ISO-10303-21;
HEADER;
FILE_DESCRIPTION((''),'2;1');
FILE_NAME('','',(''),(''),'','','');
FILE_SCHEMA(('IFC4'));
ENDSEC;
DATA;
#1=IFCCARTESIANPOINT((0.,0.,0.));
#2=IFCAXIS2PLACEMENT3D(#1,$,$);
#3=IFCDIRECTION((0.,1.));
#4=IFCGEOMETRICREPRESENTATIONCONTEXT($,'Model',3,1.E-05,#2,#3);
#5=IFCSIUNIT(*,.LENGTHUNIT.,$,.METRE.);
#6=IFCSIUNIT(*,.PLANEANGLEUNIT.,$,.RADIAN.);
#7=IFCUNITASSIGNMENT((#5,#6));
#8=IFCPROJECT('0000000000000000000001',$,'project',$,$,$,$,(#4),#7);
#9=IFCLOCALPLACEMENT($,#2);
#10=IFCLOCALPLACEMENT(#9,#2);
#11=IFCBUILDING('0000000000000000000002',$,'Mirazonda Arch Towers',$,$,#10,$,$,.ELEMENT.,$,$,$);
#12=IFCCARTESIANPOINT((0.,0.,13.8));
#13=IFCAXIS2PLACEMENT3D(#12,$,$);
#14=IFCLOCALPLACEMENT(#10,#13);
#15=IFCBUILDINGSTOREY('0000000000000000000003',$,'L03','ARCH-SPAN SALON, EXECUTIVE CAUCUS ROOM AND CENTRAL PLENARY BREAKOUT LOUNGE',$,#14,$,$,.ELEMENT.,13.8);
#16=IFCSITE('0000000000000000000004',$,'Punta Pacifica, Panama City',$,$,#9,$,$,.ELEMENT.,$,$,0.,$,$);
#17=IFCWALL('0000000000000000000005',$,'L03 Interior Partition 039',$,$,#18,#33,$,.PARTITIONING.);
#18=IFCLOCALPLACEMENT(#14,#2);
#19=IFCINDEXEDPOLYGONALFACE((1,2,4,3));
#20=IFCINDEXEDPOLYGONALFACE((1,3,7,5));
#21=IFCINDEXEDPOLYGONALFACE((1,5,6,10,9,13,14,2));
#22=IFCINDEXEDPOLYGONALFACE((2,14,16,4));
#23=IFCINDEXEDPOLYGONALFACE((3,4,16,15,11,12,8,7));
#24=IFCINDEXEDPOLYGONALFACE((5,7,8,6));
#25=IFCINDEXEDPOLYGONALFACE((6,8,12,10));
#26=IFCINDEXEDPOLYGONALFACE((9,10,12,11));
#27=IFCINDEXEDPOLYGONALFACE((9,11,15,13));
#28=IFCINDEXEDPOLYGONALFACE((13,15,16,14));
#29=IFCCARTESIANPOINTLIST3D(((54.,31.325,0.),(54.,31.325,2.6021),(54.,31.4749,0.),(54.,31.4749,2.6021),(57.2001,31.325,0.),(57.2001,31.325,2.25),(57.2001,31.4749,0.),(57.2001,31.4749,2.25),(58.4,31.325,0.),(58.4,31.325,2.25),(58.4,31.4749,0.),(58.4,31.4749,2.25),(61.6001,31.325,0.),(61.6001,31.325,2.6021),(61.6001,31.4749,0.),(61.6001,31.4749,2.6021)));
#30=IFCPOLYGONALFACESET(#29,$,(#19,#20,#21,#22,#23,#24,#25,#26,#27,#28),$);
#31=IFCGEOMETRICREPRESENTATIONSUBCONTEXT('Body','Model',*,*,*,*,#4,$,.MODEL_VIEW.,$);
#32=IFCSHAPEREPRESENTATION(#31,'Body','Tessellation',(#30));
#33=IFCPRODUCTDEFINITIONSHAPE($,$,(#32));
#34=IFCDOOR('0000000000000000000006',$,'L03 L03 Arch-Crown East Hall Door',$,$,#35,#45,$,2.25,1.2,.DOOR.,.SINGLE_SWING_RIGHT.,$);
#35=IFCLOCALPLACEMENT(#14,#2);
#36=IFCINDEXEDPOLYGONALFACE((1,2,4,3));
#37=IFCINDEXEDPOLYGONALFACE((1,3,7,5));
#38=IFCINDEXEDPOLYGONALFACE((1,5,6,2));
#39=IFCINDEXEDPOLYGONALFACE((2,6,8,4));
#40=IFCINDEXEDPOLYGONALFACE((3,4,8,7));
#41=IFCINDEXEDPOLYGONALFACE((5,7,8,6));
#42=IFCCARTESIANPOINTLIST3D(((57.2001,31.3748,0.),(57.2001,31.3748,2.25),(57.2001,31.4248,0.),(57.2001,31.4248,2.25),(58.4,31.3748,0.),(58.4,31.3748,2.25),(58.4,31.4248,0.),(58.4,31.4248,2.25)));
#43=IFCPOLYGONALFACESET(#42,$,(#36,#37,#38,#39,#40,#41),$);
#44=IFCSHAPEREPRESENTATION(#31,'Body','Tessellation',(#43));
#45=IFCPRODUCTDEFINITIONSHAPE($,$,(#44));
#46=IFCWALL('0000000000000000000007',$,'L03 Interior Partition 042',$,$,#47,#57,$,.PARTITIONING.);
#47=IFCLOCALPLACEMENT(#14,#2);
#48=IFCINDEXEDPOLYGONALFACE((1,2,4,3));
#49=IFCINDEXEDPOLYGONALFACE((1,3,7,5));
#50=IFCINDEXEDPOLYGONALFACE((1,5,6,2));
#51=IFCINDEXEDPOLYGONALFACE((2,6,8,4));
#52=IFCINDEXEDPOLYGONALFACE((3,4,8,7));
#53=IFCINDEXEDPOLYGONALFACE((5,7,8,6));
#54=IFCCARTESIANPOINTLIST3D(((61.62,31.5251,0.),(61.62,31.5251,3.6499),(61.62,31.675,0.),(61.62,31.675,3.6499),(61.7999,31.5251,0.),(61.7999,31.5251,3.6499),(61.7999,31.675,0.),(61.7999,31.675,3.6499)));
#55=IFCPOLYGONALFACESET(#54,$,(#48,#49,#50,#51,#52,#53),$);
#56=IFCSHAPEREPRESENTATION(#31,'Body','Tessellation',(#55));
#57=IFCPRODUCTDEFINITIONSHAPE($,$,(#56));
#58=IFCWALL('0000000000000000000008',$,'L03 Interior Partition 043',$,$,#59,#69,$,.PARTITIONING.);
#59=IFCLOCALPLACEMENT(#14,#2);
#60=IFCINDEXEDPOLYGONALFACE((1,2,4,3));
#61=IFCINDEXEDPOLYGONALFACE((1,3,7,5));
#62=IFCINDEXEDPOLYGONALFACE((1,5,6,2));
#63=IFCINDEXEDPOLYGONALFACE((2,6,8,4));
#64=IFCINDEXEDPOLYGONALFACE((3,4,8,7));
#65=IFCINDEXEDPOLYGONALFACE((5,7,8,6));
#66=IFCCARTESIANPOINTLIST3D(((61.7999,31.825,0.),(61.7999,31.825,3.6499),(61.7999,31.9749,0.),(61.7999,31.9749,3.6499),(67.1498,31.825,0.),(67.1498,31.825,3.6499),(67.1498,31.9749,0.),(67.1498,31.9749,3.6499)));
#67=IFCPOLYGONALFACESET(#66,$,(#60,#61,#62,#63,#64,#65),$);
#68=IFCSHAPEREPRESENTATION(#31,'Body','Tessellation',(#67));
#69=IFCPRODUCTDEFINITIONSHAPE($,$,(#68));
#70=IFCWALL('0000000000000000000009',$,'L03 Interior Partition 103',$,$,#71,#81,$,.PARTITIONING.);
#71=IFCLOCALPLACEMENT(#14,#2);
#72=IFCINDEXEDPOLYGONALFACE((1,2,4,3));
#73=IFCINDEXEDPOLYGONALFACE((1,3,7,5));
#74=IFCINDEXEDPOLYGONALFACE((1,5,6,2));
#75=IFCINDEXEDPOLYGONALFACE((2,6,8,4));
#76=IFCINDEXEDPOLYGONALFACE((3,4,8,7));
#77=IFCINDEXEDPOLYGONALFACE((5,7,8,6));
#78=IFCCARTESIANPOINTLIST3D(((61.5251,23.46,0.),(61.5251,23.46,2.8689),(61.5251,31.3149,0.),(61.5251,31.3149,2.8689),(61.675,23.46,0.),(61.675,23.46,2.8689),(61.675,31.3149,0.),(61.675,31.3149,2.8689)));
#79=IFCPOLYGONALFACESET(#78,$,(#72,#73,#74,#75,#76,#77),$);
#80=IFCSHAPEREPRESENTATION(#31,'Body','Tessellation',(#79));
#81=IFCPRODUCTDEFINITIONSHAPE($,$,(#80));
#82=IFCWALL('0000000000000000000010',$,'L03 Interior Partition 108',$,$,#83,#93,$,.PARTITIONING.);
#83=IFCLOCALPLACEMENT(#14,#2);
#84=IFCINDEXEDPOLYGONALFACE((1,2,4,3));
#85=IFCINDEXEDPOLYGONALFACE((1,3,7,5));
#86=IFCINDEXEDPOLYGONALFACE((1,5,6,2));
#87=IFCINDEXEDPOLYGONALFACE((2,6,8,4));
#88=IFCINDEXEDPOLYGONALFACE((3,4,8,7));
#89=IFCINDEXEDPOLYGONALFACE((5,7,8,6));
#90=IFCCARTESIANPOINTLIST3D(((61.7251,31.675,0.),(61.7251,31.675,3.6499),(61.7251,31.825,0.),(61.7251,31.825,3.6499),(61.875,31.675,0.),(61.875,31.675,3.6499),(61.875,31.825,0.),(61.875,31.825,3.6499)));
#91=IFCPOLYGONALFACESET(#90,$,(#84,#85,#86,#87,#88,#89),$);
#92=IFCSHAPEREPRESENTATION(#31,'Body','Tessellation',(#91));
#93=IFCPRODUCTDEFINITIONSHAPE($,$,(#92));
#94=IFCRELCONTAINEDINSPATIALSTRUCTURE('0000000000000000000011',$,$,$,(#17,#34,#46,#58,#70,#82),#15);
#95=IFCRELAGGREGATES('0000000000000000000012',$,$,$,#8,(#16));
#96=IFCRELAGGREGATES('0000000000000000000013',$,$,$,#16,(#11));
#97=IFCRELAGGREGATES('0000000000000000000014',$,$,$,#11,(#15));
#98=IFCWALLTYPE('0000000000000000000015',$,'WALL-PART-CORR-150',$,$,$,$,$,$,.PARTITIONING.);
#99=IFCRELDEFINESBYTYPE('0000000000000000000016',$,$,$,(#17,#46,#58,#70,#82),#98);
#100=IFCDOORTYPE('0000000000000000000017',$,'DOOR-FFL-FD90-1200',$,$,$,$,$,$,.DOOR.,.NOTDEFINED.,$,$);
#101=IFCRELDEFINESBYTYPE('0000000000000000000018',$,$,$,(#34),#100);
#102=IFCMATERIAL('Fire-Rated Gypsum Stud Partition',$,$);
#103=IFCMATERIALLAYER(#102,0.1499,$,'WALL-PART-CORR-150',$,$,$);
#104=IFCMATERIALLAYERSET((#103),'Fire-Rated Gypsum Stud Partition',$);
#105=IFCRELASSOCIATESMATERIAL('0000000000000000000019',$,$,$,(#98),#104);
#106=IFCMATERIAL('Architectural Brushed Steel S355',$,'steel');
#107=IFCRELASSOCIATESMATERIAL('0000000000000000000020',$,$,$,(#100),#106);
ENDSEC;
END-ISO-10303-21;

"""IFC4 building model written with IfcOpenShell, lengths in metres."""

from ifc_helpers import new_model, si_unit, direction, frame, frame_2d, origin, place, context, subcontext, project, spatial, rectangle, extrude, material, layer, layer_set, type_object, element, fill, save


model = new_model("IFC4")

# Units and contexts
model_context = context("Model", 3, precision=1e-05, world=origin(), true_north=direction((0.0, 1.0)))
body_context = subcontext(model_context, "Body", "Model", "MODEL_VIEW")
ifc_project = project(units=[si_unit("LENGTHUNIT", "METRE"), si_unit("PLANEANGLEUNIT", "RADIAN")], contexts=[model_context])

# Site, building, storey
site_placement = place(None, origin())
site = spatial("IfcSite", under=ifc_project, at=site_placement, Name="Punta Pacifica, Panama City", CompositionType="ELEMENT", RefElevation=0.0)
building_placement = place(site_placement, origin())
building = spatial("IfcBuilding", under=site, at=building_placement, Name="Mirazonda Arch Towers", CompositionType="ELEMENT")
storey_placement = place(building_placement, frame((0.0, 0.0, 13.8)))
storey = spatial("IfcBuildingStorey", under=building, at=storey_placement, Name="L03", Description="ARCH-SPAN SALON, EXECUTIVE CAUCUS ROOM AND CENTRAL PLENARY BREAKOUT LOUNGE", CompositionType="ELEMENT", Elevation=13.8)

# Shared definitions
ifc_material_1 = material(Name="Fire-Rated Gypsum Stud Partition")
ifc_layer = layer(ifc_material_1, 0.1499, Name="WALL-PART-CORR-150")
ifc_layer_set = layer_set([ifc_layer], Name="Fire-Rated Gypsum Stud Partition")
wall_type = type_object("IfcWallType", Name="WALL-PART-CORR-150", PredefinedType="PARTITIONING", material=ifc_layer_set)

# Wall, opening, door
wall_1_placement = place(storey_placement, frame((54.0, 31.3999, 0.0), z_axis=(0.0, 0.0, 1.0), x_axis=(1.0, 0.0, 0.0)))
wall_1 = element("IfcWall", 1, at=wall_1_placement, inside=storey, type_object=wall_type, Name="L03 Interior Partition 039", PredefinedType="PARTITIONING", context=body_context, shape_type="SweptSolid", body=[
    extrude(rectangle(XDim=7.6001, YDim=0.1499, at=frame_2d((3.8, 0.0))), origin(), (0.0, 0.0, 1.0), 2.6021),
])
opening_placement = place(wall_1_placement, frame((3.2, 0.0, 0.0)))
opening = element("IfcOpeningElement", 2, at=opening_placement, cuts=wall_1, PredefinedType="OPENING", context=body_context, shape_type="SweptSolid", body=[
    extrude(rectangle(XDim=1.2, YDim=2.25, at=frame_2d((0.6001, 1.125))), frame((0.0, 0.085, 0.0), z_axis=(0.0, -1.0, 0.0), x_axis=(1.0, 0.0, 0.0)), (0.0, 0.0, 1.0), 0.1699),
])
ifc_material_2 = material(Name="Architectural Brushed Steel S355", Category="steel")
door_type = type_object("IfcDoorType", Name="DOOR-FFL-FD90-1200", OperationType="NOTDEFINED", PredefinedType="DOOR", material=ifc_material_2)
door_placement = place(opening_placement, origin())
door = element("IfcDoor", 3, at=door_placement, inside=storey, type_object=door_type, Name="L03 L03 Arch-Crown East Hall Door", OperationType="SINGLE_SWING_RIGHT", OverallHeight=2.25, OverallWidth=1.2, PredefinedType="DOOR", context=body_context, shape_type="SweptSolid", body=[
    extrude(rectangle(XDim=1.2, YDim=2.25, at=frame_2d((0.6001, 1.125))), frame((0.0, 0.0249, 0.0), z_axis=(0.0, -1.0, 0.0), x_axis=(1.0, 0.0, 0.0)), (0.0, 0.0, 1.0), 0.05),
])
fill(opening, door)

# Walls
wall_2_placement = place(storey_placement, frame((61.6201, 31.6001, 0.0), z_axis=(0.0, 0.0, 1.0), x_axis=(1.0, 0.0, 0.0)))
element("IfcWall", 4, at=wall_2_placement, inside=storey, type_object=wall_type, Name="L03 Interior Partition 042", PredefinedType="PARTITIONING", context=body_context, shape_type="SweptSolid", body=[
    extrude(rectangle(XDim=0.1799, YDim=0.1499, at=frame_2d((0.0898, 0.0))), origin(), (0.0, 0.0, 1.0), 3.6499),
])
wall_3_placement = place(storey_placement, frame((61.8, 31.8999, 0.0), z_axis=(0.0, 0.0, 1.0), x_axis=(1.0, 0.0, 0.0)))
element("IfcWall", 5, at=wall_3_placement, inside=storey, type_object=wall_type, Name="L03 Interior Partition 043", PredefinedType="PARTITIONING", context=body_context, shape_type="SweptSolid", body=[
    extrude(rectangle(XDim=5.3499, YDim=0.1499, at=frame_2d((2.6748, 0.0))), origin(), (0.0, 0.0, 1.0), 3.6499),
])
wall_4_placement = place(storey_placement, frame((61.6001, 23.46, 0.0), z_axis=(0.0, 0.0, 1.0), x_axis=(0.0, 1.0, 0.0)))
element("IfcWall", 6, at=wall_4_placement, inside=storey, type_object=wall_type, Name="L03 Interior Partition 103", PredefinedType="PARTITIONING", context=body_context, shape_type="SweptSolid", body=[
    extrude(rectangle(XDim=7.855, YDim=0.1499, at=frame_2d((3.9275, 0.0))), origin(), (0.0, 0.0, 1.0), 2.8689),
])
wall_5_placement = place(storey_placement, frame((61.8, 31.675, 0.0), z_axis=(0.0, 0.0, 1.0), x_axis=(0.0, 1.0, 0.0)))
element("IfcWall", 7, at=wall_5_placement, inside=storey, type_object=wall_type, Name="L03 Interior Partition 108", PredefinedType="PARTITIONING", context=body_context, shape_type="SweptSolid", body=[
    extrude(rectangle(XDim=0.1499, YDim=0.1499, at=frame_2d((0.075, 0.0))), origin(), (0.0, 0.0, 1.0), 3.6499),
])

save(model, "model.ifc")
